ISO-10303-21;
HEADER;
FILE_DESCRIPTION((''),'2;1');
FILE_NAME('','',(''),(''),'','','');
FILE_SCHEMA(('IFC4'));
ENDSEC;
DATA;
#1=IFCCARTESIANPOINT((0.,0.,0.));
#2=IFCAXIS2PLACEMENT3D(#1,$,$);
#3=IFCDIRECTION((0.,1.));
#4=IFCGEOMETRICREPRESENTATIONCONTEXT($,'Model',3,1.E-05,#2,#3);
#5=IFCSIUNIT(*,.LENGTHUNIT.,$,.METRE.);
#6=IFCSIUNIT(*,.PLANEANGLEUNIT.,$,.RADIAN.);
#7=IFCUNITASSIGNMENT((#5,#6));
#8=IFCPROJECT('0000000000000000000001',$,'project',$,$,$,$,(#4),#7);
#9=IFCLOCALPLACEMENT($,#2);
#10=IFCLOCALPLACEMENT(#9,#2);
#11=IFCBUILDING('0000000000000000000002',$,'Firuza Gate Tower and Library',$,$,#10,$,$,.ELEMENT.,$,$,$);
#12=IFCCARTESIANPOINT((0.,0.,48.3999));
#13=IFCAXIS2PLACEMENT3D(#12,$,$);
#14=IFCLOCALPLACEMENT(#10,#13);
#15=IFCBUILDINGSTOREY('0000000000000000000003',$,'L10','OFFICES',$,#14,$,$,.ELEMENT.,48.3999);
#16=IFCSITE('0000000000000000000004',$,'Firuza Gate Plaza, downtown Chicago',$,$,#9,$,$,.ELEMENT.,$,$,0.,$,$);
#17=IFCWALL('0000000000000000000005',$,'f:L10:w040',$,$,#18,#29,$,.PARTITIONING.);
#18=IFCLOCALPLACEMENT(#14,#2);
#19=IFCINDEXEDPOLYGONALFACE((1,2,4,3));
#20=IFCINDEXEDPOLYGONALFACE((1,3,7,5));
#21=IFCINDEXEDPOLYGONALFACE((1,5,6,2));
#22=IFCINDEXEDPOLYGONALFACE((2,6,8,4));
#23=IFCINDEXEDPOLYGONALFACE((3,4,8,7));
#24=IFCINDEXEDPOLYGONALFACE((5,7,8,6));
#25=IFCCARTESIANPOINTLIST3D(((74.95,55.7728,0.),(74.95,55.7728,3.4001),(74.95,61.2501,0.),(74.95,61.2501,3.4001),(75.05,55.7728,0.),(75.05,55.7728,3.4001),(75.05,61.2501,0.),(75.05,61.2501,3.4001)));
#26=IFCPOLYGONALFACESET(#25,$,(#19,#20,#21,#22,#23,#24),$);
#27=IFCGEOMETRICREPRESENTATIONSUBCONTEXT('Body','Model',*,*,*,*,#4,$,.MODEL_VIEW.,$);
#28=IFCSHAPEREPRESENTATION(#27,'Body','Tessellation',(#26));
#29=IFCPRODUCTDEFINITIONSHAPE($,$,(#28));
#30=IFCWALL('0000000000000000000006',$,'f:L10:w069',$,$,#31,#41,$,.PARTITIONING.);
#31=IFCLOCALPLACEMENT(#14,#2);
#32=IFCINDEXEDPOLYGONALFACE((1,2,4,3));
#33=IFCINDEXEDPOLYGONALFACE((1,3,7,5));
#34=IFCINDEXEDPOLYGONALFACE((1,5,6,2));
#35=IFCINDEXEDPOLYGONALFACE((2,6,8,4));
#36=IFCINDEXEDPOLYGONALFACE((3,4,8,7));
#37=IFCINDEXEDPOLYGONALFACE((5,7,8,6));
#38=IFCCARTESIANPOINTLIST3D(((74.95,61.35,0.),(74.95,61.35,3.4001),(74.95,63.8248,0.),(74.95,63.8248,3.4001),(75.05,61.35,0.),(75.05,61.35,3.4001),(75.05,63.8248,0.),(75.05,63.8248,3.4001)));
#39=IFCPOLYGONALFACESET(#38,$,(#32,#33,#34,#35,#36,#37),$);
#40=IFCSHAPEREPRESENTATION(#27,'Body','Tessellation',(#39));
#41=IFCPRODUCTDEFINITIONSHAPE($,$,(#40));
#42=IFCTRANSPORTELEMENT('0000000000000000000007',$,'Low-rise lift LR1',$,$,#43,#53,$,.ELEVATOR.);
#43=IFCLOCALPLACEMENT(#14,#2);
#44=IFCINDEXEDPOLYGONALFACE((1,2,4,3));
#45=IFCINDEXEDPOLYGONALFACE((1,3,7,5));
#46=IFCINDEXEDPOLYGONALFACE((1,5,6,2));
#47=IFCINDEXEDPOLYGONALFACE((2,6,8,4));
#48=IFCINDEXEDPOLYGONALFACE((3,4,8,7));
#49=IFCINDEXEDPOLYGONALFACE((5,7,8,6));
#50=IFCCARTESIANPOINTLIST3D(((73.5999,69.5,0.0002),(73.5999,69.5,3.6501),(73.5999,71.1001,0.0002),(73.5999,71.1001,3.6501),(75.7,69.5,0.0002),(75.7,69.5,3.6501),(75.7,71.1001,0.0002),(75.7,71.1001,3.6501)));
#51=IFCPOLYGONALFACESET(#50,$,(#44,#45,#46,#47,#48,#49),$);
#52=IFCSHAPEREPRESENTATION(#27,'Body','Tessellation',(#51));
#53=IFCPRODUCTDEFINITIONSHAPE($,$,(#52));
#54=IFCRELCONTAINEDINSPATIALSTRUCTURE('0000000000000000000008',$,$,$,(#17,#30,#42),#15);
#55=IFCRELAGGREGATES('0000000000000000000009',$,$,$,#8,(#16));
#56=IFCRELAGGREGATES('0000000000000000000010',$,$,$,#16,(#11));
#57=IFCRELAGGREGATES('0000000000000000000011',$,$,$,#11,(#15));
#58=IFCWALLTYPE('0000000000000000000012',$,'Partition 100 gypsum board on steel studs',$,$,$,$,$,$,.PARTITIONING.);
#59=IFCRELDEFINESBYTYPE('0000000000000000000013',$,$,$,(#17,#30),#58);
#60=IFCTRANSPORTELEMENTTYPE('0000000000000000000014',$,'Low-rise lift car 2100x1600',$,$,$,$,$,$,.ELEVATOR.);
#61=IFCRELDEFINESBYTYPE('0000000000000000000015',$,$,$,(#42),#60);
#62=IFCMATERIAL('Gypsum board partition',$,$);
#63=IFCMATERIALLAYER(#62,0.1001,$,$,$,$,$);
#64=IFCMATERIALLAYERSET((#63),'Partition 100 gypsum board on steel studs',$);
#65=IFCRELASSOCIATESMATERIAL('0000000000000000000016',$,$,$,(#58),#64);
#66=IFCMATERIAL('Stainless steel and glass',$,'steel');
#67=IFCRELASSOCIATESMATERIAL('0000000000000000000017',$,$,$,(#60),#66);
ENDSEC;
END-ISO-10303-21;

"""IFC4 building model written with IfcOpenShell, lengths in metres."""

from ifc_helpers import new_model, si_unit, direction, frame, frame_2d, origin, origin_2d, place, context, subcontext, project, spatial, rectangle, extrude, material, layer, layer_set, type_object, element, save


model = new_model("IFC4")

# Units and contexts
model_context = context("Model", 3, precision=1e-05, world=origin(), true_north=direction((0.0, 1.0)))
body_context = subcontext(model_context, "Body", "Model", "MODEL_VIEW")
ifc_project = project(units=[si_unit("LENGTHUNIT", "METRE"), si_unit("PLANEANGLEUNIT", "RADIAN")], contexts=[model_context])

# Site, building, storey
site_placement = place(None, origin())
site = spatial("IfcSite", under=ifc_project, at=site_placement, Name="Firuza Gate Plaza, downtown Chicago", CompositionType="ELEMENT", RefElevation=0.0)
building_placement = place(site_placement, origin())
building = spatial("IfcBuilding", under=site, at=building_placement, Name="Firuza Gate Tower and Library", CompositionType="ELEMENT")
storey_placement = place(building_placement, frame((0.0, 0.0, 48.3999)))
storey = spatial("IfcBuildingStorey", under=building, at=storey_placement, Name="L10", Description="OFFICES", CompositionType="ELEMENT", Elevation=48.3999)

# Walls
ifc_material_1 = material(Name="Gypsum board partition")
ifc_layer_1 = layer(ifc_material_1, 0.1001)
ifc_layer_set_1 = layer_set([ifc_layer_1], Name="Partition 100 gypsum board on steel studs")
wall_type_1 = type_object("IfcWallType", Name="Partition 100 gypsum board on steel studs", PredefinedType="PARTITIONING", material=ifc_layer_set_1)
wall_1_placement = place(storey_placement, frame((75.0, 55.7727, 0.0), z_axis=(0.0, 0.0, 1.0), x_axis=(0.0, 1.0, 0.0)))
element("IfcWall", 1, at=wall_1_placement, inside=storey, type_object=wall_type_1, Name="f:L10:w040", PredefinedType="PARTITIONING", context=body_context, shape_type="SweptSolid", body=[
    extrude(rectangle(XDim=5.4773, YDim=0.1001, at=frame_2d((2.7388, 0.0))), origin(), (0.0, 0.0, 1.0), 3.4001),
])
wall_2_placement = place(storey_placement, frame((75.0, 61.3501, 0.0), z_axis=(0.0, 0.0, 1.0), x_axis=(0.0, 1.0, 0.0)))
element("IfcWall", 2, at=wall_2_placement, inside=storey, type_object=wall_type_1, Name="f:L10:w069", PredefinedType="PARTITIONING", context=body_context, shape_type="SweptSolid", body=[
    extrude(rectangle(XDim=2.4749, YDim=0.1001, at=frame_2d((1.2373, 0.0))), origin(), (0.0, 0.0, 1.0), 3.4001),
])

# Transport element
ifc_material_2 = material(Name="Stainless steel and glass", Category="steel")
transport_element_type = type_object("IfcTransportElementType", Name="Low-rise lift car 2100x1600", PredefinedType="ELEVATOR", material=ifc_material_2)
transport_element_placement = place(storey_placement, frame((74.6499, 70.3, 0.0002), z_axis=(0.0, 0.0, 1.0), x_axis=(1.0, 0.0, 0.0)))
element("IfcTransportElement", 3, at=transport_element_placement, inside=storey, type_object=transport_element_type, Name="Low-rise lift LR1", PredefinedType="ELEVATOR", context=body_context, shape_type="SweptSolid", body=[
    extrude(rectangle(XDim=2.1001, YDim=1.6001, at=origin_2d()), origin(), (0.0, 0.0, 1.0), 3.6499),
])

save(model, "model.ifc")
